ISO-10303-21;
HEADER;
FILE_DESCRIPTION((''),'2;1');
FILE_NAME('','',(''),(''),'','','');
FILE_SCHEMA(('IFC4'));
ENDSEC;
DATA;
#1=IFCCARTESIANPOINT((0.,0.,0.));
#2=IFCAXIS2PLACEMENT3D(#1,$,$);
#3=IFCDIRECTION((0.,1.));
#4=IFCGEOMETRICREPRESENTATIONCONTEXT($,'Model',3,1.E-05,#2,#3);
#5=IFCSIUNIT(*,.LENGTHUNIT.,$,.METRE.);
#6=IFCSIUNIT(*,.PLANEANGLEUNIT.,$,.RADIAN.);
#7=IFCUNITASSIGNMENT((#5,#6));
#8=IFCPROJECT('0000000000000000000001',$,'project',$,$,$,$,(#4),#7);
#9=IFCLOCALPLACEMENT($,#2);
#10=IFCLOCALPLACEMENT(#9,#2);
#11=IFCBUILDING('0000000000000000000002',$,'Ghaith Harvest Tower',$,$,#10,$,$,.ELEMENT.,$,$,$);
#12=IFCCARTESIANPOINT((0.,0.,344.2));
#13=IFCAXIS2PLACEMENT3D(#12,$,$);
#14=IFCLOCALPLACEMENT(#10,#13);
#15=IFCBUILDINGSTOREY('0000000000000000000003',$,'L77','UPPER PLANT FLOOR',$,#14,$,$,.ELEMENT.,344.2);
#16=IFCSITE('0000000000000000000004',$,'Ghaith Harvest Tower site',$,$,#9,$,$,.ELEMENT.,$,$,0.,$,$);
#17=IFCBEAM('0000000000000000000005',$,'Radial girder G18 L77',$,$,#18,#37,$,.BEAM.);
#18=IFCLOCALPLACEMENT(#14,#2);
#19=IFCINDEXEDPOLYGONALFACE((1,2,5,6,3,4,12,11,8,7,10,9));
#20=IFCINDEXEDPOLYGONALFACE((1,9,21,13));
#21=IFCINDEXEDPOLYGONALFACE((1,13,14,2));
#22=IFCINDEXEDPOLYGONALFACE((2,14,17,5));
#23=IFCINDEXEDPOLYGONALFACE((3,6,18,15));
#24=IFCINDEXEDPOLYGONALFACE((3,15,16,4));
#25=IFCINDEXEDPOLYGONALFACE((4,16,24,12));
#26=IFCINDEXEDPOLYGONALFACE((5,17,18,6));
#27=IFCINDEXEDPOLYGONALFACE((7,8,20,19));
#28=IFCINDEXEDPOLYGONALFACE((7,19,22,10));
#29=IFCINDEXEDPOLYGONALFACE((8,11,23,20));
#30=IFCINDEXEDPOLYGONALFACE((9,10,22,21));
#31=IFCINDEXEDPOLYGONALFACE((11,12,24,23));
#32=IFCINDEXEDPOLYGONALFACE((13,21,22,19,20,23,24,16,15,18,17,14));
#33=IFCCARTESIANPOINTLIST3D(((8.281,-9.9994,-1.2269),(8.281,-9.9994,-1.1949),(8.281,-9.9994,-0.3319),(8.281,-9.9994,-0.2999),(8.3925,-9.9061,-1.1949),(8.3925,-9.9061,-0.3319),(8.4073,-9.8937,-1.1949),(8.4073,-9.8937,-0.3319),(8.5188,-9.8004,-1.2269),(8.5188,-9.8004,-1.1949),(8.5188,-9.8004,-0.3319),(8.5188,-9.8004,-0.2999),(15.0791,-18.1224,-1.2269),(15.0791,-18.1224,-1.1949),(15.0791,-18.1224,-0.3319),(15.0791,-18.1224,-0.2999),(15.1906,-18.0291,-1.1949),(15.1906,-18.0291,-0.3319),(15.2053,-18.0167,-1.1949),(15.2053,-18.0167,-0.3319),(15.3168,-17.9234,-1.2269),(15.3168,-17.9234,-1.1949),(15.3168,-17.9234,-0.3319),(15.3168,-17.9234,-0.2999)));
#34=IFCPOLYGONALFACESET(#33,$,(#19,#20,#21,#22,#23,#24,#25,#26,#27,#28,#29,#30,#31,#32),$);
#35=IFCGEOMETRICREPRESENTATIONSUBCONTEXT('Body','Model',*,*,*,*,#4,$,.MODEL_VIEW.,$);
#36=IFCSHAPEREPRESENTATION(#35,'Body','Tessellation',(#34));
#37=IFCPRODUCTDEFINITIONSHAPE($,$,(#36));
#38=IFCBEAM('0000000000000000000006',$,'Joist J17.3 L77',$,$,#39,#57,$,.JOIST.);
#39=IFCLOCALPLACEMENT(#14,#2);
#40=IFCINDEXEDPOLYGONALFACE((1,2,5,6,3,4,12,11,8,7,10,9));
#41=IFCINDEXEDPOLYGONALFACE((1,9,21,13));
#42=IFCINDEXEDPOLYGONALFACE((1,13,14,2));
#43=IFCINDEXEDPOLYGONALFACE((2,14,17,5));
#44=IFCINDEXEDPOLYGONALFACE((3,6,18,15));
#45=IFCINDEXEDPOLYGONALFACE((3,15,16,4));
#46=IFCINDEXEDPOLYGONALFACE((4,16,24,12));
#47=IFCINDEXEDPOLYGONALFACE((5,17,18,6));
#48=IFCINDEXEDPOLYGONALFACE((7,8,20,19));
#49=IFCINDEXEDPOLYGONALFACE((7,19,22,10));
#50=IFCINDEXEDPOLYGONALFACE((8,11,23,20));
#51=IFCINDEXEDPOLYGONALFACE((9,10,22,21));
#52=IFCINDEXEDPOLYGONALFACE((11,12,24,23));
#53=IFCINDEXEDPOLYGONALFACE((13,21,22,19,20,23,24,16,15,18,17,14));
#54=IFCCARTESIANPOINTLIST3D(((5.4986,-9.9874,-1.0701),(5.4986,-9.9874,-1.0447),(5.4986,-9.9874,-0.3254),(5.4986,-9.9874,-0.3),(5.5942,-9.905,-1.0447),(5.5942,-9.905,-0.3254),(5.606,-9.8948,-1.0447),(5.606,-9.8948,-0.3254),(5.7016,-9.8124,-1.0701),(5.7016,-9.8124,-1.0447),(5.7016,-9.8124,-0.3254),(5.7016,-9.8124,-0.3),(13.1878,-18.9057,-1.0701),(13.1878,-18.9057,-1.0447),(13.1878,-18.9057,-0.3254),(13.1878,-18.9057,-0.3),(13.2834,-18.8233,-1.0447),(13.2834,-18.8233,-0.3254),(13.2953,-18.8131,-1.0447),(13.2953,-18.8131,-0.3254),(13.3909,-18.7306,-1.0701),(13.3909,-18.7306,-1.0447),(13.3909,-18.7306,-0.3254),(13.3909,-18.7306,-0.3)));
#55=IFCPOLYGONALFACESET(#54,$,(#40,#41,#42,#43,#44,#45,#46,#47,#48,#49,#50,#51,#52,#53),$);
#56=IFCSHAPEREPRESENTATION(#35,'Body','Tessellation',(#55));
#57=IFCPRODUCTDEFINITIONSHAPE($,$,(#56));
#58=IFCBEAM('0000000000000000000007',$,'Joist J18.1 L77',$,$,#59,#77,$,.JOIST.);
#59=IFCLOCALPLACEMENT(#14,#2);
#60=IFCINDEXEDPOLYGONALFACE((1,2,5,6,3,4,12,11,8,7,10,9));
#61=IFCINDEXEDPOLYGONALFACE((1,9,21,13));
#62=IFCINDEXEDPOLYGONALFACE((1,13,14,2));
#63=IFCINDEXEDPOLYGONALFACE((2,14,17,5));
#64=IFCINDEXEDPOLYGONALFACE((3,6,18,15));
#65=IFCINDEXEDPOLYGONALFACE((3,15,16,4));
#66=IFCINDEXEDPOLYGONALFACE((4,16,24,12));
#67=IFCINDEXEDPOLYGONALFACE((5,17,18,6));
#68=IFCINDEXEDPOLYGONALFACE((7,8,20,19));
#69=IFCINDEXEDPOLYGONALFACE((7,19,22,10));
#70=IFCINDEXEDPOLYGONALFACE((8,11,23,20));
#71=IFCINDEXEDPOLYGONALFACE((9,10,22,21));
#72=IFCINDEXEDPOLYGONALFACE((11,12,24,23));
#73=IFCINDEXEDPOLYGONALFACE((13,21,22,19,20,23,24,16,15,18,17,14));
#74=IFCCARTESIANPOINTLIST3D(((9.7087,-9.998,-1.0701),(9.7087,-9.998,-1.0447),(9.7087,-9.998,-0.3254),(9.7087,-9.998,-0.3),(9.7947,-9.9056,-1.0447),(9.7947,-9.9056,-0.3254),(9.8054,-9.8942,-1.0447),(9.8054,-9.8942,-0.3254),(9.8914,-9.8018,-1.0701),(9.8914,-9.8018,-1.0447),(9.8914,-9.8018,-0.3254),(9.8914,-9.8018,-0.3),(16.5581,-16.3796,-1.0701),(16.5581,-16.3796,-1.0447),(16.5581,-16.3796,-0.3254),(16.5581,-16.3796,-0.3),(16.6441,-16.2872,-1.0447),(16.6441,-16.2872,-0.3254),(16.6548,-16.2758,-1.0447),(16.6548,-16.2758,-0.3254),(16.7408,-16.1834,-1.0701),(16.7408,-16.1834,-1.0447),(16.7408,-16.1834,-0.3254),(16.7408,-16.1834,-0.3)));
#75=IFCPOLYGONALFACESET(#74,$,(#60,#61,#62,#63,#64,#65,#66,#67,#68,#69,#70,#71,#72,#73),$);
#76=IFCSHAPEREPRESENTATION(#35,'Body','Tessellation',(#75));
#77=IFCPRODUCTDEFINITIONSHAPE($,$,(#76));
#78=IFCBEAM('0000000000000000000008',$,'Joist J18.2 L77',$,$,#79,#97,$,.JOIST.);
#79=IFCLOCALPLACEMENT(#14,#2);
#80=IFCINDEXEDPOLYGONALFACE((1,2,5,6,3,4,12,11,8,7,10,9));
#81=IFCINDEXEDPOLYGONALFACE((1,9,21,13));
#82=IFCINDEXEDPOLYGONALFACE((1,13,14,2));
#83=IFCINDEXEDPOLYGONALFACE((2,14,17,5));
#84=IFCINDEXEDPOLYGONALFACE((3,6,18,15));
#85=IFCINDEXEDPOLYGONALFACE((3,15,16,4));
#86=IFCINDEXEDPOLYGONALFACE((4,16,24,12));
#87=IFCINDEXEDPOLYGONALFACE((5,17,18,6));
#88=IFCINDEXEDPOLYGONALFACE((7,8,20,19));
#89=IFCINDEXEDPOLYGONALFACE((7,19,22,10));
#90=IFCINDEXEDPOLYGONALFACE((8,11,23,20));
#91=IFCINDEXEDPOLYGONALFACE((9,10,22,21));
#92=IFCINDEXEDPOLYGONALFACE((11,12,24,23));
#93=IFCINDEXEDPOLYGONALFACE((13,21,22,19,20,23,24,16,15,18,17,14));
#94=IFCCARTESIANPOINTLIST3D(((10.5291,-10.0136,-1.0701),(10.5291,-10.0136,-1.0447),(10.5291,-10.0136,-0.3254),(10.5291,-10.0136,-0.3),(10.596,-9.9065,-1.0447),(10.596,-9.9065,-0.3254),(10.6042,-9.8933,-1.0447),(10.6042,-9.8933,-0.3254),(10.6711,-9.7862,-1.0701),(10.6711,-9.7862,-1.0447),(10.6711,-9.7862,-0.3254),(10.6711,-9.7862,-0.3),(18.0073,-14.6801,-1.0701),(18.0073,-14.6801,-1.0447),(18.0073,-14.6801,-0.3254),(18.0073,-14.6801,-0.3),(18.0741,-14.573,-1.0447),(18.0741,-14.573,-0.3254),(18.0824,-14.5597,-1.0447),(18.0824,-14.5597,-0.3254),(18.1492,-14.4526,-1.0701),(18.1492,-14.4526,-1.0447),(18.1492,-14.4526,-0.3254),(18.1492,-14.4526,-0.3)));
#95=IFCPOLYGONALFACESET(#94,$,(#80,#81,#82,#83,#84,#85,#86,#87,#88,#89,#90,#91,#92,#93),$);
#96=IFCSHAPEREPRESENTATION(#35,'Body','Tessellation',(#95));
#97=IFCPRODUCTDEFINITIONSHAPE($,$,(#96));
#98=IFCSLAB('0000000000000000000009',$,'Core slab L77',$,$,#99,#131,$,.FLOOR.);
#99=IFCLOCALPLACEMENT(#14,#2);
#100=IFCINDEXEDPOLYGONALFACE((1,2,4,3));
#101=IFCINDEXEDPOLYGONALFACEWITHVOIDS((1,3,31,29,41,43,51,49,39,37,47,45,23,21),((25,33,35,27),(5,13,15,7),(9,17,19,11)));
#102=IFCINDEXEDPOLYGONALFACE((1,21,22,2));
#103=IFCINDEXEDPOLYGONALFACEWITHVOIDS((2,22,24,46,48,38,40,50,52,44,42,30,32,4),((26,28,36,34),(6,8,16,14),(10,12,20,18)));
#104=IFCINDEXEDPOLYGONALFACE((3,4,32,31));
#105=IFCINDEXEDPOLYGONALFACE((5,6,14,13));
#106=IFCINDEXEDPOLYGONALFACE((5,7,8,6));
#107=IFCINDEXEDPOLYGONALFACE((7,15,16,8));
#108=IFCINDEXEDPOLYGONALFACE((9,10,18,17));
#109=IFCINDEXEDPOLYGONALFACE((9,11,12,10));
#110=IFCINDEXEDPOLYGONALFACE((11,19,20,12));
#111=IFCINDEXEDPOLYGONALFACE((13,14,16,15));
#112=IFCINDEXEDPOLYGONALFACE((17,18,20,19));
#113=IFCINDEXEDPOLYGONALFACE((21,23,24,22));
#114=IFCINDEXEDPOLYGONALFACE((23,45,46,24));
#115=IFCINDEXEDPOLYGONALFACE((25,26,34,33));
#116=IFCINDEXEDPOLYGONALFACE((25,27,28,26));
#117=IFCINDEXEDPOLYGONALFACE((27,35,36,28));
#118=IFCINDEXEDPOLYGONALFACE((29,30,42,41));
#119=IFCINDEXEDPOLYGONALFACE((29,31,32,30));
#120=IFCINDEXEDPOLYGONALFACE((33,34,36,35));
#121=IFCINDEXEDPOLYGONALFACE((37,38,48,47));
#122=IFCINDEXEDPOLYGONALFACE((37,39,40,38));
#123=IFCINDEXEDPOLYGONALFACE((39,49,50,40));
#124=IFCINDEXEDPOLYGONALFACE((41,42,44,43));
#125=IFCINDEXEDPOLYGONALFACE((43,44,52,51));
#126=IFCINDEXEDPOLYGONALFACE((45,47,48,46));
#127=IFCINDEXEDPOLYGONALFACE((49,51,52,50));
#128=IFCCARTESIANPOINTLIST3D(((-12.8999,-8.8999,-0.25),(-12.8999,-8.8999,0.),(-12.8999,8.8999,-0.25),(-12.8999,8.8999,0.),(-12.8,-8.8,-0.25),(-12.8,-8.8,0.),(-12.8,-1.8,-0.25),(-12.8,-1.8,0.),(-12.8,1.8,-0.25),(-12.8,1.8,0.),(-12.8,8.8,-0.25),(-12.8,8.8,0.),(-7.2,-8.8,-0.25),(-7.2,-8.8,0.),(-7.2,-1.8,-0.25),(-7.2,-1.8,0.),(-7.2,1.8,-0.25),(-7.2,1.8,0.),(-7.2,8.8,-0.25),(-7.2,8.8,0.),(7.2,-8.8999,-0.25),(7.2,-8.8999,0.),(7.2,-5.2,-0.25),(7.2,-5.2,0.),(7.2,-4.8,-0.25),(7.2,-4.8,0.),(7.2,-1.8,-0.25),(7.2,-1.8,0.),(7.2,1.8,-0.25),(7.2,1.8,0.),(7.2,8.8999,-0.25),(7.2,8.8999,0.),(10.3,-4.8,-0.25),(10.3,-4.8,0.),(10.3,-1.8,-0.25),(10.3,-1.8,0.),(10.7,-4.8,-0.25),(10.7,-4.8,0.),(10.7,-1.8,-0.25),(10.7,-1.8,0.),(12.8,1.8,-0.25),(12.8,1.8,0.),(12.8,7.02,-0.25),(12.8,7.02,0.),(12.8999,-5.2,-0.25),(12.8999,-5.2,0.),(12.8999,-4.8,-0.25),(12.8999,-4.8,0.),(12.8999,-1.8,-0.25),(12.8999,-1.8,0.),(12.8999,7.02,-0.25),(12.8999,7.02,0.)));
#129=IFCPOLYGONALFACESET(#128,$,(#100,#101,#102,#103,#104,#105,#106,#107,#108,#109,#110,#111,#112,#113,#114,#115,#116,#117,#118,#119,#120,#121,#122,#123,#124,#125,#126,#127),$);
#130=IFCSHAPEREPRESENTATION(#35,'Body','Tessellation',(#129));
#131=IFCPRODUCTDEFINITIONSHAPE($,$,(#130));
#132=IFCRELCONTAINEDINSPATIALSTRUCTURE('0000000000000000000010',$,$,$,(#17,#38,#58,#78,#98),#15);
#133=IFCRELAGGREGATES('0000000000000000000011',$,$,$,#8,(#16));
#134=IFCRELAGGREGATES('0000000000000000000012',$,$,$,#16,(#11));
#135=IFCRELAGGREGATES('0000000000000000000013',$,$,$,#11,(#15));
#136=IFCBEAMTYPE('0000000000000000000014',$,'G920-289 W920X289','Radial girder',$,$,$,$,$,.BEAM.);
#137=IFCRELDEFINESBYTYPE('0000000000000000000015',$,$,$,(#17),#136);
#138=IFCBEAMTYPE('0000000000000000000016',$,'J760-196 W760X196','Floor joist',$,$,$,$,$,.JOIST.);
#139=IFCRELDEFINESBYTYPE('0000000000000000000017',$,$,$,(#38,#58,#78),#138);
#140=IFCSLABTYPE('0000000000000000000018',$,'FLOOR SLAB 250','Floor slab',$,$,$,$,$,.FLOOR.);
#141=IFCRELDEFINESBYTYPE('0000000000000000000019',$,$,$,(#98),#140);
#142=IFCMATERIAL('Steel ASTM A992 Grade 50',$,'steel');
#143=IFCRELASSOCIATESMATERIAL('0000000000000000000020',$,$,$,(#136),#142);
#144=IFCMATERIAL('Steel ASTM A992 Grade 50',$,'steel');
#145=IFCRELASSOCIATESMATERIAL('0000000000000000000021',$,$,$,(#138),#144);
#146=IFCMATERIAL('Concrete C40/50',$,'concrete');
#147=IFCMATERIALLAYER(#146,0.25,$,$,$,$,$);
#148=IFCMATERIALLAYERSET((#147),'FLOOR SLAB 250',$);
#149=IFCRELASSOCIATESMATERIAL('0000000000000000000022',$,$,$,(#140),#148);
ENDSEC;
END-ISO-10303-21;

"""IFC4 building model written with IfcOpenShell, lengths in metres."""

from ifc_helpers import new_model, si_unit, direction, frame, origin, origin_2d, place, context, subcontext, project, spatial, polyline, i_section, outline, extrude, material, layer, layer_set, material_profile, profile_set, type_object, element, save


model = new_model("IFC4")

# Units and contexts
model_context = context("Model", 3, precision=1e-05, world=origin(), true_north=direction((0.0, 1.0)))
body_context = subcontext(model_context, "Body", "Model", "MODEL_VIEW")
ifc_project = project(units=[si_unit("LENGTHUNIT", "METRE"), si_unit("PLANEANGLEUNIT", "RADIAN")], contexts=[model_context])

# Site, building, storey
site_placement = place(None, origin())
site = spatial("IfcSite", under=ifc_project, at=site_placement, Name="Ghaith Harvest Tower site", CompositionType="ELEMENT", RefElevation=0.0)
building_placement = place(site_placement, origin())
building = spatial("IfcBuilding", under=site, at=building_placement, Name="Ghaith Harvest Tower", CompositionType="ELEMENT")
storey_placement = place(building_placement, frame((0.0, 0.0, 344.2)))
storey = spatial("IfcBuildingStorey", under=building, at=storey_placement, Name="L77", Description="UPPER PLANT FLOOR", CompositionType="ELEMENT", Elevation=344.2)

# Beams
ifc_material_1 = material(Name="Steel ASTM A992 Grade 50", Category="steel")
ifc_material_profile_1 = material_profile(ifc_material_1, i_section(OverallWidth=0.3101, OverallDepth=0.927, WebThickness=0.0193, FlangeThickness=0.032, at=origin_2d()), Name="W920X289")
ifc_profile_set_1 = profile_set([ifc_material_profile_1], Name="Steel ASTM A992 Grade 50")
beam_type_1 = type_object("IfcBeamType", Name="G920-289 W920X289", Description="Radial girder", PredefinedType="BEAM", material=ifc_profile_set_1)
beam_1_placement = place(storey_placement, frame((8.3999, -9.8999, -0.7634), z_axis=(0.641793, -0.766878, 0.0), x_axis=(0.766878, 0.641793, 0.0)))
element("IfcBeam", 1, at=beam_1_placement, inside=storey, type_object=beam_type_1, Name="Radial girder G18 L77", PredefinedType="BEAM", context=body_context, shape_type="SweptSolid", body=[
    extrude(i_section(OverallWidth=0.3101, OverallDepth=0.927, WebThickness=0.0193, FlangeThickness=0.032, at=origin_2d()), origin(), (0.0, 0.0, 1.0), 10.5923),
])
ifc_material_2 = material(Name="Steel ASTM A992 Grade 50", Category="steel")
ifc_material_profile_2 = material_profile(ifc_material_2, i_section(OverallWidth=0.2681, OverallDepth=0.77, WebThickness=0.0156, FlangeThickness=0.0254, at=origin_2d()), Name="W760X196")
ifc_profile_set_2 = profile_set([ifc_material_profile_2], Name="Steel ASTM A992 Grade 50")
beam_type_2 = type_object("IfcBeamType", Name="J760-196 W760X196", Description="Floor joist", PredefinedType="JOIST", material=ifc_profile_set_2)
beam_2_placement = place(storey_placement, frame((5.6001, -9.8999, -0.6851), z_axis=(0.652993, -0.757364, 0.0), x_axis=(0.757364, 0.652993, 0.0)))
element("IfcBeam", 2, at=beam_2_placement, inside=storey, type_object=beam_type_2, Name="Joist J17.3 L77", PredefinedType="JOIST", context=body_context, shape_type="SweptSolid", body=[
    extrude(i_section(OverallWidth=0.2681, OverallDepth=0.77, WebThickness=0.0156, FlangeThickness=0.0254, at=origin_2d()), origin(), (0.0, 0.0, 1.0), 11.7754),
])
beam_3_placement = place(storey_placement, frame((9.8, -9.8999, -0.6851), z_axis=(0.731649, -0.681682, 0.0), x_axis=(0.681682, 0.731649, 0.0)))
element("IfcBeam", 3, at=beam_3_placement, inside=storey, type_object=beam_type_2, Name="Joist J18.1 L77", PredefinedType="JOIST", context=body_context, shape_type="SweptSolid", body=[
    extrude(i_section(OverallWidth=0.2681, OverallDepth=0.77, WebThickness=0.0156, FlangeThickness=0.0254, at=origin_2d()), origin(), (0.0, 0.0, 1.0), 9.3616),
])
beam_4_placement = place(storey_placement, frame((10.6001, -9.8999, -0.6851), z_axis=(0.848376, -0.529394, 0.0), x_axis=(0.529394, 0.848376, 0.0)))
element("IfcBeam", 4, at=beam_4_placement, inside=storey, type_object=beam_type_2, Name="Joist J18.2 L77", PredefinedType="JOIST", context=body_context, shape_type="SweptSolid", body=[
    extrude(i_section(OverallWidth=0.2681, OverallDepth=0.77, WebThickness=0.0156, FlangeThickness=0.0254, at=origin_2d()), origin(), (0.0, 0.0, 1.0), 8.8147),
])

# Slab
ifc_material_3 = material(Name="Concrete C40/50", Category="concrete")
ifc_layer_1 = layer(ifc_material_3, 0.25)
ifc_layer_set_1 = layer_set([ifc_layer_1], Name="FLOOR SLAB 250")
slab_type_1 = type_object("IfcSlabType", Name="FLOOR SLAB 250", Description="Floor slab", PredefinedType="FLOOR", material=ifc_layer_set_1)
slab_1_placement = place(storey_placement, frame((0.0, 0.0, -0.25)))
element("IfcSlab", 5, at=slab_1_placement, inside=storey, type_object=slab_type_1, Name="Core slab L77", PredefinedType="FLOOR", context=body_context, shape_type="SweptSolid", body=[
    extrude(outline(polyline([(-12.8999, 8.8999), (7.2, 8.8999), (7.2, 1.8), (12.8, 1.8), (12.8, 7.02), (12.8999, 7.02), (12.8999, -1.8), (10.7, -1.8), (10.7, -4.8), (12.8999, -4.8), (12.8999, -5.2), (7.2, -5.2), (7.2, -8.8999), (-12.8999, -8.8999), (-12.8999, 8.8999)]), holes=[polyline([(-7.2, -1.8), (-12.8, -1.8), (-12.8, -8.8), (-7.2, -8.8), (-7.2, -1.8)]), polyline([(10.3, -1.8), (7.2, -1.8), (7.2, -4.8), (10.3, -4.8), (10.3, -1.8)]), polyline([(-7.2, 1.8), (-7.2, 8.8), (-12.8, 8.8), (-12.8, 1.8), (-7.2, 1.8)])]), origin(), (0.0, 0.0, 1.0), 0.25),
])

save(model, "model.ifc")
